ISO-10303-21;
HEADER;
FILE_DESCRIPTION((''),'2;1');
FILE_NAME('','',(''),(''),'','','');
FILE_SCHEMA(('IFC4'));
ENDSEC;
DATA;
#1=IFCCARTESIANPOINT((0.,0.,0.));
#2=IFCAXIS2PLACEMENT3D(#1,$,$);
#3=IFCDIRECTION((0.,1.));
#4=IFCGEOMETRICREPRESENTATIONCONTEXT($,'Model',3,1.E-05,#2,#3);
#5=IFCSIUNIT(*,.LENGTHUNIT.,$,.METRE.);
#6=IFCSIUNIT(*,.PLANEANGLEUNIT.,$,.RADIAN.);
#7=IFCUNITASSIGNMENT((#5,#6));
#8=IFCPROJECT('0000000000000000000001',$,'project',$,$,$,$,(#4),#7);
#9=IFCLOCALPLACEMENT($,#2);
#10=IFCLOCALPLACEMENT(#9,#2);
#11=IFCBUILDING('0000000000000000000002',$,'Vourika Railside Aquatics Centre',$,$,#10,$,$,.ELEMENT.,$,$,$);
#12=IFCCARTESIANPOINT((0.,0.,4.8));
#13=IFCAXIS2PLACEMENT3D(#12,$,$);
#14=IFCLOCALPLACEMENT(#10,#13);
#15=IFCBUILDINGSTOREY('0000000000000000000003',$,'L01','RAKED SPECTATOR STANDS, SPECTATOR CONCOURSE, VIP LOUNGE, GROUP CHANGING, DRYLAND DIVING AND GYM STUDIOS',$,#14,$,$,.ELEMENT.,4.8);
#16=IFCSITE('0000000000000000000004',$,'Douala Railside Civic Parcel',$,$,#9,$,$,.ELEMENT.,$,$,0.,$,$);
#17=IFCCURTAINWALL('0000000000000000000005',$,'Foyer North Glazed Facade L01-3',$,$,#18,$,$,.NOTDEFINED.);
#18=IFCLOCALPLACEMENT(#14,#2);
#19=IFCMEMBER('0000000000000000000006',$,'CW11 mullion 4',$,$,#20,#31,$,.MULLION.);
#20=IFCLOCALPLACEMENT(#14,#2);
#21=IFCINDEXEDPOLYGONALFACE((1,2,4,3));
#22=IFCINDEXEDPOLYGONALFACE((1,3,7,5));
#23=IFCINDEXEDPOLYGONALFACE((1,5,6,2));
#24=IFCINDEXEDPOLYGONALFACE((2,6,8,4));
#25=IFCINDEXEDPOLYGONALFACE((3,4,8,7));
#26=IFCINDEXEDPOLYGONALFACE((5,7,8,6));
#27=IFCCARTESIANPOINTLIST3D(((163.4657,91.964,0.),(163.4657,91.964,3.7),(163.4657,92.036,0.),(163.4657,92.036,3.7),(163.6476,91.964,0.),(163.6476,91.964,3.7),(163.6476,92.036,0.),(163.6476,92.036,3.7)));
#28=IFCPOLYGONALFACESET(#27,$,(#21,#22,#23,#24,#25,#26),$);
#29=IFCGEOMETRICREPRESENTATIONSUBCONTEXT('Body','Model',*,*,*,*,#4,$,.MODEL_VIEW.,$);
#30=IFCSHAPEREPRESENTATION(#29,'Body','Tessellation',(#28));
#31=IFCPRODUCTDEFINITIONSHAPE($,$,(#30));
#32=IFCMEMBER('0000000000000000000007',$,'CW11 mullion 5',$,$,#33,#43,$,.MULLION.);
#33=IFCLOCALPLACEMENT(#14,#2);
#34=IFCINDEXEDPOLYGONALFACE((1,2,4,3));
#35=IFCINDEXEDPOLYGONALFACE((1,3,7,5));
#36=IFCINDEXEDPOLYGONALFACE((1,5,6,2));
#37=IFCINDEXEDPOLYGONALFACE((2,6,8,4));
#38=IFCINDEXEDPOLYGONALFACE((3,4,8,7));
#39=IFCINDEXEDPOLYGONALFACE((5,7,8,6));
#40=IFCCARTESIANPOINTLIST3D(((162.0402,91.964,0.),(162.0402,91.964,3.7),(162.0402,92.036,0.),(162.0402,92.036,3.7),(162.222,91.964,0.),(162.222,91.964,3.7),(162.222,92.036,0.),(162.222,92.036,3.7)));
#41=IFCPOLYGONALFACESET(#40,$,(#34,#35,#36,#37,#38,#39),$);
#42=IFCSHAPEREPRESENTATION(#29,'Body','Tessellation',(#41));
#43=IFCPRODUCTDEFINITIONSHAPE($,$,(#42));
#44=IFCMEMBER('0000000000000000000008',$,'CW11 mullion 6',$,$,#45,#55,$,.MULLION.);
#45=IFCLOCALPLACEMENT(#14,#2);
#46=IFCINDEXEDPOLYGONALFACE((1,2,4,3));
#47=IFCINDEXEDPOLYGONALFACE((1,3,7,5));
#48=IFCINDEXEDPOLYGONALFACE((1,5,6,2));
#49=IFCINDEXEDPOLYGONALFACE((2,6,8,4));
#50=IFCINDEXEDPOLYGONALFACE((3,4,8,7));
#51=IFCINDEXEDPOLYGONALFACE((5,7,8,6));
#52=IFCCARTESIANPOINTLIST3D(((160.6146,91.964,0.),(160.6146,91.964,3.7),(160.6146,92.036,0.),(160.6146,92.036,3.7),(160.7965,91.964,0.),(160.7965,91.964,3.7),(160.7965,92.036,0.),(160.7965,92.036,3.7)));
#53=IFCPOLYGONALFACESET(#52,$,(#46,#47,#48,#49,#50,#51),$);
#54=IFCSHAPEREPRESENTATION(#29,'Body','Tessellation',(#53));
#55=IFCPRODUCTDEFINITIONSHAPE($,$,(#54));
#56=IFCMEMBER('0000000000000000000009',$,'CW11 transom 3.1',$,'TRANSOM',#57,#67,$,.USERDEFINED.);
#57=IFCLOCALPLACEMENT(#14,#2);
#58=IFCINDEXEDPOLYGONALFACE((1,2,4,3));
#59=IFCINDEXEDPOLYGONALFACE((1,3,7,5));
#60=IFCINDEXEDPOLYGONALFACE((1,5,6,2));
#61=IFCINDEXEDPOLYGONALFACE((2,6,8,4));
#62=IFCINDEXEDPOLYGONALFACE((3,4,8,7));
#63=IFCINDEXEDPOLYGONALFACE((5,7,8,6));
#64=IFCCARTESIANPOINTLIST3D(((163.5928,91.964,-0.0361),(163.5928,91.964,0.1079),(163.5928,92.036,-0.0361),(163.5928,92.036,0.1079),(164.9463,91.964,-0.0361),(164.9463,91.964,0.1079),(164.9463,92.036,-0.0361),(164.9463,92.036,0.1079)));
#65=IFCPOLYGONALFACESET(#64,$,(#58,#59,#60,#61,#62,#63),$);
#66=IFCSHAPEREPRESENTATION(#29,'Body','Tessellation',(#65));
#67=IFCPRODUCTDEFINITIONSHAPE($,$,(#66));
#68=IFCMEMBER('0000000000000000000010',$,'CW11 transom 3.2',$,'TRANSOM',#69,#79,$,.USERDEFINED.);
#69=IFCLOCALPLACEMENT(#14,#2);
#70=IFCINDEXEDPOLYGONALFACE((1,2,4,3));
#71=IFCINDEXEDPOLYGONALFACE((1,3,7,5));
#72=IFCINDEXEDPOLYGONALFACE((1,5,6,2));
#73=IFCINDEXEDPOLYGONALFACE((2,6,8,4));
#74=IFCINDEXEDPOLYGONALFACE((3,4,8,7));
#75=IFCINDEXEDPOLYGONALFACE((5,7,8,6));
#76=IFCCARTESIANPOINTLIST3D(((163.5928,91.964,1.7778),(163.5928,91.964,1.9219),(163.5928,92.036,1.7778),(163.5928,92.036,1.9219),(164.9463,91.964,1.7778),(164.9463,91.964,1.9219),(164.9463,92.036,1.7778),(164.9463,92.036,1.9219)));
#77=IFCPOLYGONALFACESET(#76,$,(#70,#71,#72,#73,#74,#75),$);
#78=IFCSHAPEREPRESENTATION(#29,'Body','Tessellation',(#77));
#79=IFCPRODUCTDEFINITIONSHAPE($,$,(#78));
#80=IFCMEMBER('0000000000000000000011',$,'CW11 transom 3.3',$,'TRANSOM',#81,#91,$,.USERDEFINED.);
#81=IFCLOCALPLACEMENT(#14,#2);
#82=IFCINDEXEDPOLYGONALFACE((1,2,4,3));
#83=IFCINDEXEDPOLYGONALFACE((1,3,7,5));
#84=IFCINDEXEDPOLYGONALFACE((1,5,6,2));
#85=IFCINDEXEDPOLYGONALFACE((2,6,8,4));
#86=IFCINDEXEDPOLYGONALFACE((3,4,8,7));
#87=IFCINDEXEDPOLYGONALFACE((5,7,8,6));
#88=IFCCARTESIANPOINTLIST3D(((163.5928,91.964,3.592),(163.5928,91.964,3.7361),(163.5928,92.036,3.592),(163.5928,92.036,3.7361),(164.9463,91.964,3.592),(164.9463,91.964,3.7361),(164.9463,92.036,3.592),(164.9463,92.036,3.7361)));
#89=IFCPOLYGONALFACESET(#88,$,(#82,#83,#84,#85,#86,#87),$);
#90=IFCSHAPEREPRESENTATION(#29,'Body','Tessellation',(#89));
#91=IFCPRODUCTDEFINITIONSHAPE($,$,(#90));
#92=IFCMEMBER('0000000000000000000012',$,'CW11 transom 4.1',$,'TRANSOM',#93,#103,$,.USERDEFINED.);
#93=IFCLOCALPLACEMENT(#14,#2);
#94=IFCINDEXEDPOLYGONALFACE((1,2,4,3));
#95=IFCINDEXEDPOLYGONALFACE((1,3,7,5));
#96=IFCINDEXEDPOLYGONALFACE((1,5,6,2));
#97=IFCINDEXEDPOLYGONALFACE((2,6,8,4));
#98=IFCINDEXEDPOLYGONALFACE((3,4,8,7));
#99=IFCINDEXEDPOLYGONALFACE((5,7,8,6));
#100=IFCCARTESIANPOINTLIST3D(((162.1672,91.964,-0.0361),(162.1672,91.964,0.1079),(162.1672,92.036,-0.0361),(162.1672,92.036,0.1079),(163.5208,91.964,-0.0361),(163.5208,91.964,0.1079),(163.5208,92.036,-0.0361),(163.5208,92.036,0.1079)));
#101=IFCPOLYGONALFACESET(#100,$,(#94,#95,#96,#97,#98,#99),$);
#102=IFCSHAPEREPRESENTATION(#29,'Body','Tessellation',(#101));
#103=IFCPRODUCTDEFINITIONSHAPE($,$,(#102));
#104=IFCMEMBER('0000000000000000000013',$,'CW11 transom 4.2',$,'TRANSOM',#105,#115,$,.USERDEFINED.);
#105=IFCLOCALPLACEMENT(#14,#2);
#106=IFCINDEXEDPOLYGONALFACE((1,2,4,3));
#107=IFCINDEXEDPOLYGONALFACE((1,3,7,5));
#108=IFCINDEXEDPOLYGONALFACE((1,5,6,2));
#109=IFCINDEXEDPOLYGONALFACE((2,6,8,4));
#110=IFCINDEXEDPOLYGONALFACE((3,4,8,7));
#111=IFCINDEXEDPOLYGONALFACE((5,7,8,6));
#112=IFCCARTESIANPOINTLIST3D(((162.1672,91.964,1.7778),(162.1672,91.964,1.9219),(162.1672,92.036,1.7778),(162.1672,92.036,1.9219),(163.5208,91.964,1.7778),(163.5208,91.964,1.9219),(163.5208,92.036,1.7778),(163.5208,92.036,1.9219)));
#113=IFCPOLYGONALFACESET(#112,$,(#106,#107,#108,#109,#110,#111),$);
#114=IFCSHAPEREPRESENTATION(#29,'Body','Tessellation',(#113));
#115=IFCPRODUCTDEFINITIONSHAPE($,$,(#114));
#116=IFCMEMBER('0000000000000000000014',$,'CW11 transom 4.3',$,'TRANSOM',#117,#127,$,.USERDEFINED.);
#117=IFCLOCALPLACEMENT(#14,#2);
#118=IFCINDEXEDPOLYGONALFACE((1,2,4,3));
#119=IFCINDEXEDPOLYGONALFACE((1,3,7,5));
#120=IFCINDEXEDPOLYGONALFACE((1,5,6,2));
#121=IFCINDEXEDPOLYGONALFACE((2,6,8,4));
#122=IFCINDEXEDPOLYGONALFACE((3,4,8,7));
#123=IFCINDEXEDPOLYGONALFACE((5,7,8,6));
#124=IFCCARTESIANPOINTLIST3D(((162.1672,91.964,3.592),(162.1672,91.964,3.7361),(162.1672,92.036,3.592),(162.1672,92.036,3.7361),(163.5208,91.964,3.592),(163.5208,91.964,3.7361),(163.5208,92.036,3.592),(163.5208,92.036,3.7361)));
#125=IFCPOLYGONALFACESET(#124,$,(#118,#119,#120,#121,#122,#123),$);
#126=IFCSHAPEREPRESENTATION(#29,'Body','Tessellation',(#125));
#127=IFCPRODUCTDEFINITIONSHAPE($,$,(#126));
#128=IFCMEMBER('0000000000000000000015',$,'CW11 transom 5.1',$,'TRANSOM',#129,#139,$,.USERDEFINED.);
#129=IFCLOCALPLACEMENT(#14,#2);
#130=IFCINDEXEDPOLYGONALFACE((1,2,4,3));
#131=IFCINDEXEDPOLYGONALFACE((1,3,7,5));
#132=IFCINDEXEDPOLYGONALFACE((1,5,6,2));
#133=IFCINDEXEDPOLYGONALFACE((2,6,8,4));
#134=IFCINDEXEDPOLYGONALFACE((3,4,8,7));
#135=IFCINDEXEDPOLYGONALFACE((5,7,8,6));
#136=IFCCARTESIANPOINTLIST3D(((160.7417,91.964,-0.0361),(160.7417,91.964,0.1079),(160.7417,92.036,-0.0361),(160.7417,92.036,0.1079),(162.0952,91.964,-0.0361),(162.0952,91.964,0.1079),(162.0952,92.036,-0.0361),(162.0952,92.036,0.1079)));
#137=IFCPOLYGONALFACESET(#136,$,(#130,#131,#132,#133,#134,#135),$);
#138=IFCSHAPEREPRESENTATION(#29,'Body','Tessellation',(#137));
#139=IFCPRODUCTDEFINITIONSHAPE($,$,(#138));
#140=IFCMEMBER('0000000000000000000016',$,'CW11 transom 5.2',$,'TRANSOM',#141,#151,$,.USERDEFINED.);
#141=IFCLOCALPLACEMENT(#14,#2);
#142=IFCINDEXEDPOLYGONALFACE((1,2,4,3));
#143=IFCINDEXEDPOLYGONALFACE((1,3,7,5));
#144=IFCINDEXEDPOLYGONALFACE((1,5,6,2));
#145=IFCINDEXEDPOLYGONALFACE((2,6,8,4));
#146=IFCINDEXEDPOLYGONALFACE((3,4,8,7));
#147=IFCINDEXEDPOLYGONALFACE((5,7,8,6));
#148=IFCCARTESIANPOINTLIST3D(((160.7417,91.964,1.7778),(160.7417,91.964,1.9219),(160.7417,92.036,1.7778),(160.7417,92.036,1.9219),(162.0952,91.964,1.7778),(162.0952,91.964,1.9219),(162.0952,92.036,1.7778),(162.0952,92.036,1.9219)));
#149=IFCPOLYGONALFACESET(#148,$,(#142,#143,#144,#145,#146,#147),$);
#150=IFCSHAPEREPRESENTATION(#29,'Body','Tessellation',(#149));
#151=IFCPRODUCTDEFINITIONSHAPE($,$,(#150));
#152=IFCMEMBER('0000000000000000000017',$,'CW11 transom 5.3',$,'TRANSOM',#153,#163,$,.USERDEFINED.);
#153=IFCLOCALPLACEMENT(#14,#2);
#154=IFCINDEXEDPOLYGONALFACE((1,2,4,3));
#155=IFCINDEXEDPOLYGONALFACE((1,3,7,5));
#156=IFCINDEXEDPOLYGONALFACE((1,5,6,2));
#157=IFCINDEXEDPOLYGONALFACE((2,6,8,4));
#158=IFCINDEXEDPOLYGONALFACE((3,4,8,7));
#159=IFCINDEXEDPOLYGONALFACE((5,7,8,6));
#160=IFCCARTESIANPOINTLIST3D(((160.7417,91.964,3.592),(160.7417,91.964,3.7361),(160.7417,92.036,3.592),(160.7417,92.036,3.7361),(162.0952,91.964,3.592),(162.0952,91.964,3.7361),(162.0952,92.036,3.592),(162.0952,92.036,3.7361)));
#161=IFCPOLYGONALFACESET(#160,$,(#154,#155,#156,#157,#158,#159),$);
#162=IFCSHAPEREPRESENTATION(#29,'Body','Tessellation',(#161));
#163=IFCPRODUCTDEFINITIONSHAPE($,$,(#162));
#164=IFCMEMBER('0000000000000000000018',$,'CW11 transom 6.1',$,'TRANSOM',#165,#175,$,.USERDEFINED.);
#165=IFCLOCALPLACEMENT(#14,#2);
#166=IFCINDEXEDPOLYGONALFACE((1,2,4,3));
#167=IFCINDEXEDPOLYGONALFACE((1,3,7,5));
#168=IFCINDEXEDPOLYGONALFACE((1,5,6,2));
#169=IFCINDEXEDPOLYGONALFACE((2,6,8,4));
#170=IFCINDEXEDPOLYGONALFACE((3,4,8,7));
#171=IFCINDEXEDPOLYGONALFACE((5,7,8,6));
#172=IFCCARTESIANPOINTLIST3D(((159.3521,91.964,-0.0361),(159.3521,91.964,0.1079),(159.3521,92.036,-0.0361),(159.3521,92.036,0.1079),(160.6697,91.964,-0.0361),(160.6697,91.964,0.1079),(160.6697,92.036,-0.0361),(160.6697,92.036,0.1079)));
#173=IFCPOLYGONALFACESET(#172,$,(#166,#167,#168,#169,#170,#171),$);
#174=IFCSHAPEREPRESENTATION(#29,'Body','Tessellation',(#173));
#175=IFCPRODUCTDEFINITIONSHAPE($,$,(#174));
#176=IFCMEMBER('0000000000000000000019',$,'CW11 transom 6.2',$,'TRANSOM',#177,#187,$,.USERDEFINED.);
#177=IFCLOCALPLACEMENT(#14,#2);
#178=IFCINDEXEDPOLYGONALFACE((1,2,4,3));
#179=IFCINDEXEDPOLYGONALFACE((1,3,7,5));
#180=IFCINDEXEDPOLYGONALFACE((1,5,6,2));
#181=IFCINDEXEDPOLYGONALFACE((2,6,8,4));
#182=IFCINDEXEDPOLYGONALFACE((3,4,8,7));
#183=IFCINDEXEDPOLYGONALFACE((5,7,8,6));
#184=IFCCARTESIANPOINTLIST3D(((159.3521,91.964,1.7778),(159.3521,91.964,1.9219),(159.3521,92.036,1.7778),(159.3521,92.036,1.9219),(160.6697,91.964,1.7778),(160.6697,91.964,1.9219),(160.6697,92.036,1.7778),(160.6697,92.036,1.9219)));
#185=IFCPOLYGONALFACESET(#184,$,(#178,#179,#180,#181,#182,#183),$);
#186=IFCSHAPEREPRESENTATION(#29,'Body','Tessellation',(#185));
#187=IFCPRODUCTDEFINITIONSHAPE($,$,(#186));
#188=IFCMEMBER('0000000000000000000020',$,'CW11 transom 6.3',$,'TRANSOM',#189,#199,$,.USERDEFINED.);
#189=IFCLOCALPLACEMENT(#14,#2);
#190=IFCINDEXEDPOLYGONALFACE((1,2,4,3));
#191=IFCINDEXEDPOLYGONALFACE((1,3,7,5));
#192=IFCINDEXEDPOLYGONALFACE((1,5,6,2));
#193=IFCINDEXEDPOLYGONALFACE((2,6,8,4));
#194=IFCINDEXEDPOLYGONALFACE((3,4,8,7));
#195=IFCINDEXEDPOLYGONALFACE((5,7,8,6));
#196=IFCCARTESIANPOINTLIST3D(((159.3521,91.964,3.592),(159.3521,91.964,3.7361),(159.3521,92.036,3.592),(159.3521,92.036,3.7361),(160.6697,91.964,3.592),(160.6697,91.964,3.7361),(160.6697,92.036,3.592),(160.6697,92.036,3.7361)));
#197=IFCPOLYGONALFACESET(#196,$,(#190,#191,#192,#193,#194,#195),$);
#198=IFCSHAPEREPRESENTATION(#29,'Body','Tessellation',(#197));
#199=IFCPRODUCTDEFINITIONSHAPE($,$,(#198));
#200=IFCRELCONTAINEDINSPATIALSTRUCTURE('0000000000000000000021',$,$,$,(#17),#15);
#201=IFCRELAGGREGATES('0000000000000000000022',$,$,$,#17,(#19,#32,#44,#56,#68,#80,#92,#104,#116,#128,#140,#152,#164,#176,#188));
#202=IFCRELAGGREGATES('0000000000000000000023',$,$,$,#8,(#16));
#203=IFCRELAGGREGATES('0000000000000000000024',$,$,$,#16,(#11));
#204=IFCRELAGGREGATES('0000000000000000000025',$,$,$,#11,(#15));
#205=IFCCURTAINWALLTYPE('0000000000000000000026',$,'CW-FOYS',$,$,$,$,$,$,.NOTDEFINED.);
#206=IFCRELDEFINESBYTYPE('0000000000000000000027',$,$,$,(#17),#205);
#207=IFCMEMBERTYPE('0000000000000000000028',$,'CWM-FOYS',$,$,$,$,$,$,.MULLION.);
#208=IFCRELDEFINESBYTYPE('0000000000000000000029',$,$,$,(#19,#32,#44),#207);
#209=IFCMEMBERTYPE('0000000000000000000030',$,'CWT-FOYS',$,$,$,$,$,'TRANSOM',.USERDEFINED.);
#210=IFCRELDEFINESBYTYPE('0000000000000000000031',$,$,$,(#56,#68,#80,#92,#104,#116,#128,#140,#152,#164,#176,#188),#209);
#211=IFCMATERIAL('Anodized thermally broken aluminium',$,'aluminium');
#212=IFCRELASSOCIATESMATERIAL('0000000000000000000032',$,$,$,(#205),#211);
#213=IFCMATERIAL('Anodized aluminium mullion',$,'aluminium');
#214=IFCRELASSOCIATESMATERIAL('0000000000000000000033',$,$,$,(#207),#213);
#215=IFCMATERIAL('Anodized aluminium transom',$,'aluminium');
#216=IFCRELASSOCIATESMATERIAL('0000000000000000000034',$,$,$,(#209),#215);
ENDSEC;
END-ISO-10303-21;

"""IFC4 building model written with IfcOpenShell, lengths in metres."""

from ifc_helpers import new_model, si_unit, direction, frame, origin, origin_2d, place, context, subcontext, project, spatial, rectangle, extrude, material, material_profile, profile_set, type_object, element, aggregate, save


model = new_model("IFC4")

# Units and contexts
model_context = context("Model", 3, precision=1e-05, world=origin(), true_north=direction((0.0, 1.0)))
body_context = subcontext(model_context, "Body", "Model", "MODEL_VIEW")
ifc_project = project(units=[si_unit("LENGTHUNIT", "METRE"), si_unit("PLANEANGLEUNIT", "RADIAN")], contexts=[model_context])

# Site, building, storey
site_placement = place(None, origin())
site = spatial("IfcSite", under=ifc_project, at=site_placement, Name="Douala Railside Civic Parcel", CompositionType="ELEMENT", RefElevation=0.0)
building_placement = place(site_placement, origin())
building = spatial("IfcBuilding", under=site, at=building_placement, Name="Vourika Railside Aquatics Centre", CompositionType="ELEMENT")
storey_placement = place(building_placement, frame((0.0, 0.0, 4.8)))
storey = spatial("IfcBuildingStorey", under=building, at=storey_placement, Name="L01", Description="RAKED SPECTATOR STANDS, SPECTATOR CONCOURSE, VIP LOUNGE, GROUP CHANGING, DRYLAND DIVING AND GYM STUDIOS", CompositionType="ELEMENT", Elevation=4.8)

# Curtain wall, members
ifc_material_1 = material(Name="Anodized thermally broken aluminium", Category="aluminium")
curtain_wall_type = type_object("IfcCurtainWallType", Name="CW-FOYS", PredefinedType="NOTDEFINED", material=ifc_material_1)
curtain_wall_placement = place(storey_placement, origin())
curtain_wall = element("IfcCurtainWall", 1, at=curtain_wall_placement, inside=storey, type_object=curtain_wall_type, Name="Foyer North Glazed Facade L01-3", PredefinedType="NOTDEFINED")
ifc_material_2 = material(Name="Anodized aluminium mullion", Category="aluminium")
ifc_material_profile_1 = material_profile(ifc_material_2, rectangle(XDim=0.072, YDim=0.1819, at=origin_2d()), Name="ALU-M 72x182")
ifc_profile_set_1 = profile_set([ifc_material_profile_1], Name="Anodized aluminium mullion")
member_type_1 = type_object("IfcMemberType", Name="CWM-FOYS", PredefinedType="MULLION", material=ifc_profile_set_1)
member_1_placement = place(storey_placement, frame((163.5566, 92.0, 0.0), z_axis=(0.0, 0.0, 1.0), x_axis=(0.0, -1.0, 0.0)))
member_1 = element("IfcMember", 2, at=member_1_placement, type_object=member_type_1, Name="CW11 mullion 4", PredefinedType="MULLION", context=body_context, shape_type="SweptSolid", body=[
    extrude(rectangle(XDim=0.072, YDim=0.1819, at=origin_2d()), origin(), (0.0, 0.0, 1.0), 3.7),
])
member_2_placement = place(storey_placement, frame((162.1311, 92.0, 0.0), z_axis=(0.0, 0.0, 1.0), x_axis=(0.0, -1.0, 0.0)))
member_2 = element("IfcMember", 3, at=member_2_placement, type_object=member_type_1, Name="CW11 mullion 5", PredefinedType="MULLION", context=body_context, shape_type="SweptSolid", body=[
    extrude(rectangle(XDim=0.072, YDim=0.1819, at=origin_2d()), origin(), (0.0, 0.0, 1.0), 3.7),
])
member_3_placement = place(storey_placement, frame((160.7056, 92.0, 0.0), z_axis=(0.0, 0.0, 1.0), x_axis=(0.0, -1.0, 0.0)))
member_3 = element("IfcMember", 4, at=member_3_placement, type_object=member_type_1, Name="CW11 mullion 6", PredefinedType="MULLION", context=body_context, shape_type="SweptSolid", body=[
    extrude(rectangle(XDim=0.072, YDim=0.1819, at=origin_2d()), origin(), (0.0, 0.0, 1.0), 3.7),
])
ifc_material_3 = material(Name="Anodized aluminium transom", Category="aluminium")
ifc_material_profile_2 = material_profile(ifc_material_3, rectangle(XDim=0.072, YDim=0.144, at=origin_2d()), Name="ALU-T 72x144")
ifc_profile_set_2 = profile_set([ifc_material_profile_2], Name="Anodized aluminium transom")
member_type_2 = type_object("IfcMemberType", Name="CWT-FOYS", ElementType="TRANSOM", PredefinedType="USERDEFINED", material=ifc_profile_set_2)
member_4_placement = place(storey_placement, frame((164.9463, 92.0, 0.0359), z_axis=(-1.0, 0.0, 0.0), x_axis=(0.0, -1.0, 0.0)))
member_4 = element("IfcMember", 5, at=member_4_placement, type_object=member_type_2, Name="CW11 transom 3.1", ObjectType="TRANSOM", PredefinedType="USERDEFINED", context=body_context, shape_type="SweptSolid", body=[
    extrude(rectangle(XDim=0.072, YDim=0.144, at=origin_2d()), origin(), (0.0, 0.0, 1.0), 1.3535),
])
member_5_placement = place(storey_placement, frame((164.9463, 92.0, 1.8499), z_axis=(-1.0, 0.0, 0.0), x_axis=(0.0, -1.0, 0.0)))
member_5 = element("IfcMember", 6, at=member_5_placement, type_object=member_type_2, Name="CW11 transom 3.2", ObjectType="TRANSOM", PredefinedType="USERDEFINED", context=body_context, shape_type="SweptSolid", body=[
    extrude(rectangle(XDim=0.072, YDim=0.144, at=origin_2d()), origin(), (0.0, 0.0, 1.0), 1.3535),
])
member_6_placement = place(storey_placement, frame((164.9463, 92.0, 3.6641), z_axis=(-1.0, 0.0, 0.0), x_axis=(0.0, -1.0, 0.0)))
member_6 = element("IfcMember", 7, at=member_6_placement, type_object=member_type_2, Name="CW11 transom 3.3", ObjectType="TRANSOM", PredefinedType="USERDEFINED", context=body_context, shape_type="SweptSolid", body=[
    extrude(rectangle(XDim=0.072, YDim=0.144, at=origin_2d()), origin(), (0.0, 0.0, 1.0), 1.3535),
])
member_7_placement = place(storey_placement, frame((163.5208, 92.0, 0.0359), z_axis=(-1.0, 0.0, 0.0), x_axis=(0.0, -1.0, 0.0)))
member_7 = element("IfcMember", 8, at=member_7_placement, type_object=member_type_2, Name="CW11 transom 4.1", ObjectType="TRANSOM", PredefinedType="USERDEFINED", context=body_context, shape_type="SweptSolid", body=[
    extrude(rectangle(XDim=0.072, YDim=0.144, at=origin_2d()), origin(), (0.0, 0.0, 1.0), 1.3535),
])
member_8_placement = place(storey_placement, frame((163.5208, 92.0, 1.8499), z_axis=(-1.0, 0.0, 0.0), x_axis=(0.0, -1.0, 0.0)))
member_8 = element("IfcMember", 9, at=member_8_placement, type_object=member_type_2, Name="CW11 transom 4.2", ObjectType="TRANSOM", PredefinedType="USERDEFINED", context=body_context, shape_type="SweptSolid", body=[
    extrude(rectangle(XDim=0.072, YDim=0.144, at=origin_2d()), origin(), (0.0, 0.0, 1.0), 1.3535),
])
member_9_placement = place(storey_placement, frame((163.5208, 92.0, 3.6641), z_axis=(-1.0, 0.0, 0.0), x_axis=(0.0, -1.0, 0.0)))
member_9 = element("IfcMember", 10, at=member_9_placement, type_object=member_type_2, Name="CW11 transom 4.3", ObjectType="TRANSOM", PredefinedType="USERDEFINED", context=body_context, shape_type="SweptSolid", body=[
    extrude(rectangle(XDim=0.072, YDim=0.144, at=origin_2d()), origin(), (0.0, 0.0, 1.0), 1.3535),
])
member_10_placement = place(storey_placement, frame((162.0952, 92.0, 0.0359), z_axis=(-1.0, 0.0, 0.0), x_axis=(0.0, -1.0, 0.0)))
member_10 = element("IfcMember", 11, at=member_10_placement, type_object=member_type_2, Name="CW11 transom 5.1", ObjectType="TRANSOM", PredefinedType="USERDEFINED", context=body_context, shape_type="SweptSolid", body=[
    extrude(rectangle(XDim=0.072, YDim=0.144, at=origin_2d()), origin(), (0.0, 0.0, 1.0), 1.3535),
])
member_11_placement = place(storey_placement, frame((162.0952, 92.0, 1.8499), z_axis=(-1.0, 0.0, 0.0), x_axis=(0.0, -1.0, 0.0)))
member_11 = element("IfcMember", 12, at=member_11_placement, type_object=member_type_2, Name="CW11 transom 5.2", ObjectType="TRANSOM", PredefinedType="USERDEFINED", context=body_context, shape_type="SweptSolid", body=[
    extrude(rectangle(XDim=0.072, YDim=0.144, at=origin_2d()), origin(), (0.0, 0.0, 1.0), 1.3535),
])
member_12_placement = place(storey_placement, frame((162.0952, 92.0, 3.6641), z_axis=(-1.0, 0.0, 0.0), x_axis=(0.0, -1.0, 0.0)))
member_12 = element("IfcMember", 13, at=member_12_placement, type_object=member_type_2, Name="CW11 transom 5.3", ObjectType="TRANSOM", PredefinedType="USERDEFINED", context=body_context, shape_type="SweptSolid", body=[
    extrude(rectangle(XDim=0.072, YDim=0.144, at=origin_2d()), origin(), (0.0, 0.0, 1.0), 1.3535),
])
member_13_placement = place(storey_placement, frame((160.6697, 92.0, 0.0359), z_axis=(-1.0, 0.0, 0.0), x_axis=(0.0, -1.0, 0.0)))
member_13 = element("IfcMember", 14, at=member_13_placement, type_object=member_type_2, Name="CW11 transom 6.1", ObjectType="TRANSOM", PredefinedType="USERDEFINED", context=body_context, shape_type="SweptSolid", body=[
    extrude(rectangle(XDim=0.072, YDim=0.144, at=origin_2d()), origin(), (0.0, 0.0, 1.0), 1.3176),
])
member_14_placement = place(storey_placement, frame((160.6697, 92.0, 1.8499), z_axis=(-1.0, 0.0, 0.0), x_axis=(0.0, -1.0, 0.0)))
member_14 = element("IfcMember", 15, at=member_14_placement, type_object=member_type_2, Name="CW11 transom 6.2", ObjectType="TRANSOM", PredefinedType="USERDEFINED", context=body_context, shape_type="SweptSolid", body=[
    extrude(rectangle(XDim=0.072, YDim=0.144, at=origin_2d()), origin(), (0.0, 0.0, 1.0), 1.3176),
])
member_15_placement = place(storey_placement, frame((160.6697, 92.0, 3.6641), z_axis=(-1.0, 0.0, 0.0), x_axis=(0.0, -1.0, 0.0)))
member_15 = element("IfcMember", 16, at=member_15_placement, type_object=member_type_2, Name="CW11 transom 6.3", ObjectType="TRANSOM", PredefinedType="USERDEFINED", context=body_context, shape_type="SweptSolid", body=[
    extrude(rectangle(XDim=0.072, YDim=0.144, at=origin_2d()), origin(), (0.0, 0.0, 1.0), 1.3176),
])
aggregate(curtain_wall, [member_1, member_2, member_3, member_4, member_5, member_6, member_7, member_8, member_9, member_10, member_11, member_12, member_13, member_14, member_15])

save(model, "model.ifc")
